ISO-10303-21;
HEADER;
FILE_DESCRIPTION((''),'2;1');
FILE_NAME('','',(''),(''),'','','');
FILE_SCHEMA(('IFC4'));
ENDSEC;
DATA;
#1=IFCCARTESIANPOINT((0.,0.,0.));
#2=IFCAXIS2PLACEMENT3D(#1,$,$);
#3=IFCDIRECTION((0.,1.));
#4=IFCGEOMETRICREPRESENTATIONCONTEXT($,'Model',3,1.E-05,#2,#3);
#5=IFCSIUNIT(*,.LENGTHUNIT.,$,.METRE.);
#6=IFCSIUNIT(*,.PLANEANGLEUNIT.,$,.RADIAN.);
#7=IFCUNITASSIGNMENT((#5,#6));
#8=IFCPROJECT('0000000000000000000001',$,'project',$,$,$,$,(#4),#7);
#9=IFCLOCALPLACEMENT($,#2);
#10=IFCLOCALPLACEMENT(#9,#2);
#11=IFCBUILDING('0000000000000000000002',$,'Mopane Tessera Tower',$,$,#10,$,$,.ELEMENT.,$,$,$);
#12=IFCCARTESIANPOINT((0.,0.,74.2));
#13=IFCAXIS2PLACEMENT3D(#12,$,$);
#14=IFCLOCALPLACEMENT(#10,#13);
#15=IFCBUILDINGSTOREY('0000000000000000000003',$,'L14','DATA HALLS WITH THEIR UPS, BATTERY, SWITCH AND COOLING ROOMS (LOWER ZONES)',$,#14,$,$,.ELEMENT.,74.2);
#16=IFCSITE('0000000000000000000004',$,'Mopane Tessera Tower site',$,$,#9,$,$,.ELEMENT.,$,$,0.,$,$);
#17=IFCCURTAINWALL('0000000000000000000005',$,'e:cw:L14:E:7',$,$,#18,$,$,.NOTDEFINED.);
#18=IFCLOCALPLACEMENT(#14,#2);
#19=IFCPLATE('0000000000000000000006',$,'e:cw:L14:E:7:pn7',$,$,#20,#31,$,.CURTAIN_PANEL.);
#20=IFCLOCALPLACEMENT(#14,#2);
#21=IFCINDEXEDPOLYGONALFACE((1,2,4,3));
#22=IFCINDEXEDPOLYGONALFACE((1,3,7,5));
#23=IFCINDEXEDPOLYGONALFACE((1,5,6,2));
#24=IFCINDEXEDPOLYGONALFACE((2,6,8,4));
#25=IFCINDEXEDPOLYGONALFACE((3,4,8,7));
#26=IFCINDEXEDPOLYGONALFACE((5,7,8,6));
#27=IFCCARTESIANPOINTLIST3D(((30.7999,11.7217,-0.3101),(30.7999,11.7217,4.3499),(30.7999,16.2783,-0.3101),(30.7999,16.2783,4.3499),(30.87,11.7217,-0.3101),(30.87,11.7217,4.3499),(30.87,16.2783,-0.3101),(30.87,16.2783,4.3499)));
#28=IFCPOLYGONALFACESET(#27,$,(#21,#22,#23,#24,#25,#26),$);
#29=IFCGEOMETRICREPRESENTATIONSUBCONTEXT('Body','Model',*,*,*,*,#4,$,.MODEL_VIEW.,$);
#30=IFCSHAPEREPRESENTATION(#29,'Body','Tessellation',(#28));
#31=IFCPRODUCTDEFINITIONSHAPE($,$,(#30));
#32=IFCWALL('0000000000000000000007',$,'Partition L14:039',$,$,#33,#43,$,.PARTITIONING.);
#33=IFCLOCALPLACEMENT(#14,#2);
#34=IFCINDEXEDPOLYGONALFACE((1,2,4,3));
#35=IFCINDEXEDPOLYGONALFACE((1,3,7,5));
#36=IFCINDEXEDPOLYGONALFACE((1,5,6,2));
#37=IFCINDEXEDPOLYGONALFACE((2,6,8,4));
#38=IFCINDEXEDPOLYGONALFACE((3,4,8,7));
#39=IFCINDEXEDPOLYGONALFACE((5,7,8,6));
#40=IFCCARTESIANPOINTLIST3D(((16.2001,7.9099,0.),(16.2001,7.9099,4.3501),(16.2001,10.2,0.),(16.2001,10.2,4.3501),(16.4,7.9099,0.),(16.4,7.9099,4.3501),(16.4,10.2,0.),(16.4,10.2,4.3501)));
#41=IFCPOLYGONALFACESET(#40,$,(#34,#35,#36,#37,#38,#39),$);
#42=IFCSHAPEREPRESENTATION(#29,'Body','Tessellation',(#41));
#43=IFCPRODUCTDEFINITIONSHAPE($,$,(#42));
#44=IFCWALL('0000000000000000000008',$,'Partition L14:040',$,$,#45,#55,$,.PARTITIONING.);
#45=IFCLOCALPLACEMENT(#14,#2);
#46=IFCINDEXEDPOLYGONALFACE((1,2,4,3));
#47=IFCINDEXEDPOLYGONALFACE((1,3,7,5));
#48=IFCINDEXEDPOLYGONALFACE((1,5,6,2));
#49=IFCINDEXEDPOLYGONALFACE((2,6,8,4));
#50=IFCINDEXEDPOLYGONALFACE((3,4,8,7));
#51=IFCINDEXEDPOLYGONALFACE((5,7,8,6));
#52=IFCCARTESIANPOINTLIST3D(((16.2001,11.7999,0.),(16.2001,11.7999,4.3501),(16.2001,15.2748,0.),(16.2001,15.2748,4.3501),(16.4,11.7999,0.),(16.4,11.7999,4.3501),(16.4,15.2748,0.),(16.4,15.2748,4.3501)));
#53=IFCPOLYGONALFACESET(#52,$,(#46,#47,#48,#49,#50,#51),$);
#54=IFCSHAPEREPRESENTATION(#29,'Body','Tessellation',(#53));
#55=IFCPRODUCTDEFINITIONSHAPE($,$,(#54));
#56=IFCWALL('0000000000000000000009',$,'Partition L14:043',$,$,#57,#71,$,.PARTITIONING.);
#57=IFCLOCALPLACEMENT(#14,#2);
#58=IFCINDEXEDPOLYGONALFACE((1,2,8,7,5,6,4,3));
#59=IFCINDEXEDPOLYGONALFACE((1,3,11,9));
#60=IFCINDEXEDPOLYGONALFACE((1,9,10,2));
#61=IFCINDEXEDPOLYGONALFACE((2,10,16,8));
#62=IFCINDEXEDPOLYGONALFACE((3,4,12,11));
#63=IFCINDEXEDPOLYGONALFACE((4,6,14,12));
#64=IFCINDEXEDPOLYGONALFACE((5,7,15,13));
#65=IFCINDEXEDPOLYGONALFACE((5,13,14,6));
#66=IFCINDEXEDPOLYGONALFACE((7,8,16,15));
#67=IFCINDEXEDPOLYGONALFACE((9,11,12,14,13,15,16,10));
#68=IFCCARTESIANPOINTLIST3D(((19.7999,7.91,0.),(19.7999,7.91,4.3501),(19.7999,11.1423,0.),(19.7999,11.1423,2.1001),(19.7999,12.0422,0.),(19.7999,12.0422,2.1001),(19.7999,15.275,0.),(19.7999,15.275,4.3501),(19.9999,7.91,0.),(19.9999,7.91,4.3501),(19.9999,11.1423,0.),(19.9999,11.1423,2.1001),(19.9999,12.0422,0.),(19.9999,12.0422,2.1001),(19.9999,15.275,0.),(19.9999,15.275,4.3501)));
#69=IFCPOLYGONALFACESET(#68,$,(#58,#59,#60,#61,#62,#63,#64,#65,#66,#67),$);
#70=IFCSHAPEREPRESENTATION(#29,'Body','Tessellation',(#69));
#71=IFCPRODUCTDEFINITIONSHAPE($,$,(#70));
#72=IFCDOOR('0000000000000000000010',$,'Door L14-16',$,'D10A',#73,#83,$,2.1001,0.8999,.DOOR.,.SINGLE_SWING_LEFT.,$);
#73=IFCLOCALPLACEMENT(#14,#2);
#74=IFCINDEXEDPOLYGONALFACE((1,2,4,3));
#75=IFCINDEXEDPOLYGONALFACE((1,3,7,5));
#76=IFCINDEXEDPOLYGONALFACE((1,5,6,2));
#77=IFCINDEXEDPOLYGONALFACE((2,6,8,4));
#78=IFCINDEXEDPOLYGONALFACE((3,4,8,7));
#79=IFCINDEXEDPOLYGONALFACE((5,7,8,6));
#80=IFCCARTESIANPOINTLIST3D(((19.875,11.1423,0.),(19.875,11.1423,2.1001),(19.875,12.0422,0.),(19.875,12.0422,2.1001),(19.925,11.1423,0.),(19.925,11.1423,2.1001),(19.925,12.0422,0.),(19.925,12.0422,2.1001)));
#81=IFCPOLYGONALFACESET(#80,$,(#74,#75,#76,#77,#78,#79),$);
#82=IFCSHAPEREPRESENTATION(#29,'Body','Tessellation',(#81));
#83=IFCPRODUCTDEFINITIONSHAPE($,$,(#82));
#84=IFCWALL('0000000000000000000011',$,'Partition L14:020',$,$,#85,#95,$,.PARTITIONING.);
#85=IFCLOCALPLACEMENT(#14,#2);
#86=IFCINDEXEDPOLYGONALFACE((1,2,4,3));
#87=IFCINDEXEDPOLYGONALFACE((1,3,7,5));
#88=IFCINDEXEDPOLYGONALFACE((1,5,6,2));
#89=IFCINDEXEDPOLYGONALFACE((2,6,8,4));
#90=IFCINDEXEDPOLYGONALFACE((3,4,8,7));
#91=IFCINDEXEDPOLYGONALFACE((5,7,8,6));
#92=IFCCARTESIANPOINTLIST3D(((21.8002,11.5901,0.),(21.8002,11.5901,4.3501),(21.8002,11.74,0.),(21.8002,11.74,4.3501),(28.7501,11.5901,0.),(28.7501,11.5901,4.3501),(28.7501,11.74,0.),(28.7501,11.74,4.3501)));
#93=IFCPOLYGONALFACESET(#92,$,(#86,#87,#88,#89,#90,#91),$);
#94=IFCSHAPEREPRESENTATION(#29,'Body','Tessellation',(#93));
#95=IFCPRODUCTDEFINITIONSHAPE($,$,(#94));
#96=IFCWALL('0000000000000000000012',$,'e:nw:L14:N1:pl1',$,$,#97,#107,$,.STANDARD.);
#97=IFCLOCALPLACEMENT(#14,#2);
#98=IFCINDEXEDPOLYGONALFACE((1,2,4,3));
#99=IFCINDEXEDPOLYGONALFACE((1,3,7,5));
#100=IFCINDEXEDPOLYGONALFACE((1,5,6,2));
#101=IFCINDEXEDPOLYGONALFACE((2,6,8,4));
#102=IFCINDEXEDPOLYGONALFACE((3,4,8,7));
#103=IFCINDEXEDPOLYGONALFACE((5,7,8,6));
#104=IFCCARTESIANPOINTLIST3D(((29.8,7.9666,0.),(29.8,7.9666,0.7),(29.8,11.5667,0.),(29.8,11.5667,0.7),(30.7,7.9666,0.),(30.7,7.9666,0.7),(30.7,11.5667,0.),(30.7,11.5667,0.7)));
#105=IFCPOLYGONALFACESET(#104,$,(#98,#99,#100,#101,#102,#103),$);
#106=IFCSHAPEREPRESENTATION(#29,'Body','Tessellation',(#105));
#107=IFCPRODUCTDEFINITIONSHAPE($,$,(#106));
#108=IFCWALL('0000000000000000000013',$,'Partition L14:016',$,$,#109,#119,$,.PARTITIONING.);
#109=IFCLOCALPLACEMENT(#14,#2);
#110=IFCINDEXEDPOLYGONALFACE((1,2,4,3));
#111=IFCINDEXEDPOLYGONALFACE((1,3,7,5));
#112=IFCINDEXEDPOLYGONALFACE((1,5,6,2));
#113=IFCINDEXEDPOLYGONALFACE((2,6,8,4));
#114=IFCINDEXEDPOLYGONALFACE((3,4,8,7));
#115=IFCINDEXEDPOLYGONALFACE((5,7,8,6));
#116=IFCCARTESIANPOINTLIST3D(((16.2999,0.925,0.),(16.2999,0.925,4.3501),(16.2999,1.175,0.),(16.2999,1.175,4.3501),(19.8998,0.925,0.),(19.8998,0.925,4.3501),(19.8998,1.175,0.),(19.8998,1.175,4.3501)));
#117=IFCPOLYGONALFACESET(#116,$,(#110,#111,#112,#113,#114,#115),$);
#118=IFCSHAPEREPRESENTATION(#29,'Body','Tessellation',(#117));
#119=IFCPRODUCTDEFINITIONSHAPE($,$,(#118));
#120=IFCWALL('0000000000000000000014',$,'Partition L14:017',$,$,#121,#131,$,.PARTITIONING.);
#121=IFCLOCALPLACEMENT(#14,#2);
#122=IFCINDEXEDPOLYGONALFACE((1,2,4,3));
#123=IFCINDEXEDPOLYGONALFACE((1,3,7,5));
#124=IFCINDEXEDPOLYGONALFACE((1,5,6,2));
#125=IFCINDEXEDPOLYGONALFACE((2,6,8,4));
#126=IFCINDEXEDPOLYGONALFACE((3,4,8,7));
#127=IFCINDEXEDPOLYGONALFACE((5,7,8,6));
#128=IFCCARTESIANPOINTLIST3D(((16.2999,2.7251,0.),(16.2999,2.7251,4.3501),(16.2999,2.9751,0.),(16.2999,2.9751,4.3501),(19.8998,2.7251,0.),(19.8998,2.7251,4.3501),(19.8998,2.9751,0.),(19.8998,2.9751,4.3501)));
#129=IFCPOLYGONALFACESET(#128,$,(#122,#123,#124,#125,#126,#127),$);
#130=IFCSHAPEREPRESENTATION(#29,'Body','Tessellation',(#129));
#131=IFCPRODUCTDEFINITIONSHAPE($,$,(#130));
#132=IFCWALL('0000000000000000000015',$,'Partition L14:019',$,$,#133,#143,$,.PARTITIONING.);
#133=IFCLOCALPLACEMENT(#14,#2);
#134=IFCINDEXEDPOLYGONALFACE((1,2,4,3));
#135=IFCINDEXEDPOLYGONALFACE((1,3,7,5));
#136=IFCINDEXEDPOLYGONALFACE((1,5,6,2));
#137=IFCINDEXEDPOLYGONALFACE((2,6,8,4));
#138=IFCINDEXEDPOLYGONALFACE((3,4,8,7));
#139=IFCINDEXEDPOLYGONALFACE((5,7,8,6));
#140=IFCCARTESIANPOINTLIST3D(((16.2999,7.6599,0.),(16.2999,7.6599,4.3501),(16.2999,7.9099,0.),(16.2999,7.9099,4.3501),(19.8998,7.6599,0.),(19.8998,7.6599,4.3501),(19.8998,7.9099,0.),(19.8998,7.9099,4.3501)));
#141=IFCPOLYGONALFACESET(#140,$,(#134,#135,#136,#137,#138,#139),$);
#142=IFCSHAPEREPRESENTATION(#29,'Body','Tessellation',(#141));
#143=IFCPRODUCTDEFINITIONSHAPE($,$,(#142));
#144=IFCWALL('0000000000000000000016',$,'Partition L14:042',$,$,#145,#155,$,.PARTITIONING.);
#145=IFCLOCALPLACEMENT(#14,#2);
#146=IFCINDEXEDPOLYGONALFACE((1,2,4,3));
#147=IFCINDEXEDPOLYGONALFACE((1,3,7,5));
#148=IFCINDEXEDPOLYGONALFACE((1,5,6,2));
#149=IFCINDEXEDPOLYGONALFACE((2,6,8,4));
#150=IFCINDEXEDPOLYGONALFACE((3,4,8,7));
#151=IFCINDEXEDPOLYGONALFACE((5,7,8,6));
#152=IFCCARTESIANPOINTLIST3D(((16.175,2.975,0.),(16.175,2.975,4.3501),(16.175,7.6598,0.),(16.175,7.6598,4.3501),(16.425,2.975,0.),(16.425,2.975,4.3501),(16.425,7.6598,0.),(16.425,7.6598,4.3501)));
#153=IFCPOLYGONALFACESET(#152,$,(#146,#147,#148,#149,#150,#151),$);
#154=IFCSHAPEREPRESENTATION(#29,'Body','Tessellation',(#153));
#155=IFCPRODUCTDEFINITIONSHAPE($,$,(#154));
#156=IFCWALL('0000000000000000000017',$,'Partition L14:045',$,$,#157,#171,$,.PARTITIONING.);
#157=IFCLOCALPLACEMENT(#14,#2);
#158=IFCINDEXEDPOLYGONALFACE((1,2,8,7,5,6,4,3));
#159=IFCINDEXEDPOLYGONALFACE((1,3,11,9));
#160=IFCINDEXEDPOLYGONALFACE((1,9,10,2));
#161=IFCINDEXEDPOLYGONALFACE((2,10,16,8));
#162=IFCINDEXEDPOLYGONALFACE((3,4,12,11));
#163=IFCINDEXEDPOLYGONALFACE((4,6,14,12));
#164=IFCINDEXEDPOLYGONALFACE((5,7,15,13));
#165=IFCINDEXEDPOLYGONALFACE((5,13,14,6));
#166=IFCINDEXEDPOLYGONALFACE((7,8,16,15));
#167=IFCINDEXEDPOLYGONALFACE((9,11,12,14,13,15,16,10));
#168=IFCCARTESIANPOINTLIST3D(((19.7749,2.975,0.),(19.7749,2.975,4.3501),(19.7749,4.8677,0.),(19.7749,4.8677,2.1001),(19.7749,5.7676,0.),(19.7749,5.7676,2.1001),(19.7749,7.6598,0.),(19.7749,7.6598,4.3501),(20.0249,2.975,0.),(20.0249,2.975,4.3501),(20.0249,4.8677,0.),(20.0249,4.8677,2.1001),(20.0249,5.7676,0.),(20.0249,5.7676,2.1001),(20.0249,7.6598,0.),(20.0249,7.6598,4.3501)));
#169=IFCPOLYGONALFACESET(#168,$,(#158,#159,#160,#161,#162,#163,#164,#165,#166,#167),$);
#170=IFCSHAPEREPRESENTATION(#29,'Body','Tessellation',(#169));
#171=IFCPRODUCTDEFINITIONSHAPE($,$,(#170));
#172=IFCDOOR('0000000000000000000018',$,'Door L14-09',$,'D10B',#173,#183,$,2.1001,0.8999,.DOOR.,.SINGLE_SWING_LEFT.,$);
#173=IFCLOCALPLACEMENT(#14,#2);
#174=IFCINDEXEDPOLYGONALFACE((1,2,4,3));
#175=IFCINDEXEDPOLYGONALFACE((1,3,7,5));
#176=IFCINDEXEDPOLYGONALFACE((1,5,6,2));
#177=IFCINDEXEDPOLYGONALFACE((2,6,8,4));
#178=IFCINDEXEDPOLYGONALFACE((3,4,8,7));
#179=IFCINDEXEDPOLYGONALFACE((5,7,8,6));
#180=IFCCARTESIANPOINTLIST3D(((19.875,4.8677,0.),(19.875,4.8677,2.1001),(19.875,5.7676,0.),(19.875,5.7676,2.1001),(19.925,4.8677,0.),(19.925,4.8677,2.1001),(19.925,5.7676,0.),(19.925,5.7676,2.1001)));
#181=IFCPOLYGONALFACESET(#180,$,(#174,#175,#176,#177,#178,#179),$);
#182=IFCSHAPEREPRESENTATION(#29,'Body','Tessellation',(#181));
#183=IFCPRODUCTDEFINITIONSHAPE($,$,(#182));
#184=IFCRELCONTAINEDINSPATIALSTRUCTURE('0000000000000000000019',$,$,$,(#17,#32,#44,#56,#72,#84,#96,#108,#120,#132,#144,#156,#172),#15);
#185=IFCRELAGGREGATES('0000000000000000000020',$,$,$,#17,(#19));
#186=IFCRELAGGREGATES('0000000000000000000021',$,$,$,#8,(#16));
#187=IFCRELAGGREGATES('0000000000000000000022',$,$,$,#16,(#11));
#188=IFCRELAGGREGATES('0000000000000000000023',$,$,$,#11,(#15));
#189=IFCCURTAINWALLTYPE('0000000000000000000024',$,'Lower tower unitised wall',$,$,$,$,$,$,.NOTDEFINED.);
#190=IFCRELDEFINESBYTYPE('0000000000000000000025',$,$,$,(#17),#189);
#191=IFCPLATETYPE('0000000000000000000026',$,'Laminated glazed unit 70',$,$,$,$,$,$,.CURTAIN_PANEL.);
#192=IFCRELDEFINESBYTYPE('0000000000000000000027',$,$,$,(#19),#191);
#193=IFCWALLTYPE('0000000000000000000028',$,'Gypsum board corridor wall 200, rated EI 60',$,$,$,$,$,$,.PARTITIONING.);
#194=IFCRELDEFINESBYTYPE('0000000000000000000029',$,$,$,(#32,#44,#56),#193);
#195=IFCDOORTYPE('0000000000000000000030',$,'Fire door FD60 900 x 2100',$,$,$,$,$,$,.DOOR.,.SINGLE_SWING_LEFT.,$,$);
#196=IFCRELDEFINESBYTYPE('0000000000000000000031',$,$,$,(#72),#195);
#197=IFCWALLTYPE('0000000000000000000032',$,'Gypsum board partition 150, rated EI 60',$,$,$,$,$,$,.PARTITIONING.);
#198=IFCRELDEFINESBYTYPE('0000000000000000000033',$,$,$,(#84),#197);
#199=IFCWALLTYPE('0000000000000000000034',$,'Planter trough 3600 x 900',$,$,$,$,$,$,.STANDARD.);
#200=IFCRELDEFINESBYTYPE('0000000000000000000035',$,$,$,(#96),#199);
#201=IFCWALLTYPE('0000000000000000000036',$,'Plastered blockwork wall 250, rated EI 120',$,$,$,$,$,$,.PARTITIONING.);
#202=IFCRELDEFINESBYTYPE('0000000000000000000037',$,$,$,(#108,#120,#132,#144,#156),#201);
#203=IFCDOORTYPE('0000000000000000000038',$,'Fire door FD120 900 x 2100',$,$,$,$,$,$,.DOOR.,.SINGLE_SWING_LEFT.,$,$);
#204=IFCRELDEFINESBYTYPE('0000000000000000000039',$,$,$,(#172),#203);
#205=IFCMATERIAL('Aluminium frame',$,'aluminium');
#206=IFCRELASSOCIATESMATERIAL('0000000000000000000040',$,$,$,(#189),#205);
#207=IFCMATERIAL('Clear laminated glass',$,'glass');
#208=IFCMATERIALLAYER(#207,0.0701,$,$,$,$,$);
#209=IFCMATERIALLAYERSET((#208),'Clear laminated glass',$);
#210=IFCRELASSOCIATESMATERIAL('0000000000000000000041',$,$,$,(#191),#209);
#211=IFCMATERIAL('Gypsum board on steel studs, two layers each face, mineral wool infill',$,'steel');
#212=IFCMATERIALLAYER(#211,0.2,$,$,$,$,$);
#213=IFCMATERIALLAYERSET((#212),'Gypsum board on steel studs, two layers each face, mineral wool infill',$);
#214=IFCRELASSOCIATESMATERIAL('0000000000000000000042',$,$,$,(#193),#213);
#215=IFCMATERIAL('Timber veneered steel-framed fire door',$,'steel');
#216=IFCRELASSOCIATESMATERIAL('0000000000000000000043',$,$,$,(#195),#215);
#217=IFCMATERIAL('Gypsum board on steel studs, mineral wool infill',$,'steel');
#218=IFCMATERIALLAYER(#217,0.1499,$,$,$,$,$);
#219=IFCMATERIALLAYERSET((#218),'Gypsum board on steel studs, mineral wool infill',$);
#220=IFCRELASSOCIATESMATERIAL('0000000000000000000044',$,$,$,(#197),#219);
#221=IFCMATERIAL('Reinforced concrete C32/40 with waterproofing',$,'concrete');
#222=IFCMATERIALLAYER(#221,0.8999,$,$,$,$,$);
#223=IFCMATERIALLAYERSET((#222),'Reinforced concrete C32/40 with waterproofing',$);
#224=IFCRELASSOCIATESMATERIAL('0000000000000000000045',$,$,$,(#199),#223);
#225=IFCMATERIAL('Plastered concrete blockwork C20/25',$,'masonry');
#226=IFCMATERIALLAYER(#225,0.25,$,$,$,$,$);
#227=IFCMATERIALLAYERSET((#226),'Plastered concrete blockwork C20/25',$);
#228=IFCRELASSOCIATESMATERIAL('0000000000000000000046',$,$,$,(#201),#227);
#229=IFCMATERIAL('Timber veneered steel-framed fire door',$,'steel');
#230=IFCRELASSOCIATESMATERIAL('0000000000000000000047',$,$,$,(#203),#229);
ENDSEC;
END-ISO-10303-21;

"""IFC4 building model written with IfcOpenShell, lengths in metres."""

from ifc_helpers import new_model, si_unit, direction, frame, frame_2d, origin, origin_2d, place, context, subcontext, project, spatial, rectangle, extrude, material, layer, layer_set, type_object, element, fill, aggregate, save


model = new_model("IFC4")

# Units and contexts
model_context = context("Model", 3, precision=1e-05, world=origin(), true_north=direction((0.0, 1.0)))
body_context = subcontext(model_context, "Body", "Model", "MODEL_VIEW")
ifc_project = project(units=[si_unit("LENGTHUNIT", "METRE"), si_unit("PLANEANGLEUNIT", "RADIAN")], contexts=[model_context])

# Site, building, storey
site_placement = place(None, origin())
site = spatial("IfcSite", under=ifc_project, at=site_placement, Name="Mopane Tessera Tower site", CompositionType="ELEMENT", RefElevation=0.0)
building_placement = place(site_placement, origin())
building = spatial("IfcBuilding", under=site, at=building_placement, Name="Mopane Tessera Tower", CompositionType="ELEMENT")
storey_placement = place(building_placement, frame((0.0, 0.0, 74.2)))
storey = spatial("IfcBuildingStorey", under=building, at=storey_placement, Name="L14", Description="DATA HALLS WITH THEIR UPS, BATTERY, SWITCH AND COOLING ROOMS (LOWER ZONES)", CompositionType="ELEMENT", Elevation=74.2)

# Curtain wall
ifc_material_1 = material(Name="Aluminium frame", Category="aluminium")
curtain_wall_type = type_object("IfcCurtainWallType", Name="Lower tower unitised wall", PredefinedType="NOTDEFINED", material=ifc_material_1)
curtain_wall_placement = place(storey_placement, origin())
curtain_wall = element("IfcCurtainWall", 1, at=curtain_wall_placement, inside=storey, type_object=curtain_wall_type, Name="e:cw:L14:E:7", PredefinedType="NOTDEFINED")

# Plate
ifc_material_2 = material(Name="Clear laminated glass", Category="glass")
ifc_layer_1 = layer(ifc_material_2, 0.0701)
ifc_layer_set_1 = layer_set([ifc_layer_1], Name="Clear laminated glass")
plate_type = type_object("IfcPlateType", Name="Laminated glazed unit 70", PredefinedType="CURTAIN_PANEL", material=ifc_layer_set_1)
plate_placement = place(storey_placement, frame((30.835, 14.0, -0.3101), z_axis=(0.0, 0.0, 1.0), x_axis=(0.0, 1.0, 0.0)))
plate = element("IfcPlate", 2, at=plate_placement, type_object=plate_type, Name="e:cw:L14:E:7:pn7", PredefinedType="CURTAIN_PANEL", context=body_context, shape_type="SweptSolid", body=[
    extrude(rectangle(XDim=4.5566, YDim=0.0701, at=origin_2d()), origin(), (0.0, 0.0, 1.0), 4.6599),
])
aggregate(curtain_wall, [plate])

# Walls
ifc_material_3 = material(Name="Gypsum board on steel studs, two layers each face, mineral wool infill", Category="steel")
ifc_layer_2 = layer(ifc_material_3, 0.2)
ifc_layer_set_2 = layer_set([ifc_layer_2], Name="Gypsum board on steel studs, two layers each face, mineral wool infill")
wall_type_1 = type_object("IfcWallType", Name="Gypsum board corridor wall 200, rated EI 60", PredefinedType="PARTITIONING", material=ifc_layer_set_2)
wall_1_placement = place(storey_placement, frame((16.3, 7.9099, 0.0), z_axis=(0.0, 0.0, 1.0), x_axis=(0.0, 1.0, 0.0)))
element("IfcWall", 3, at=wall_1_placement, inside=storey, type_object=wall_type_1, Name="Partition L14:039", PredefinedType="PARTITIONING", context=body_context, shape_type="SweptSolid", body=[
    extrude(rectangle(XDim=2.29, YDim=0.2, at=frame_2d((1.145, 0.0))), origin(), (0.0, 0.0, 1.0), 4.3501),
])
wall_2_placement = place(storey_placement, frame((16.3, 11.8, 0.0), z_axis=(0.0, 0.0, 1.0), x_axis=(0.0, 1.0, 0.0)))
element("IfcWall", 4, at=wall_2_placement, inside=storey, type_object=wall_type_1, Name="Partition L14:040", PredefinedType="PARTITIONING", context=body_context, shape_type="SweptSolid", body=[
    extrude(rectangle(XDim=3.4749, YDim=0.2, at=frame_2d((1.7373, 0.0))), origin(), (0.0, 0.0, 1.0), 4.3501),
])

# Wall, opening, door
wall_3_placement = place(storey_placement, frame((19.8999, 7.9099, 0.0), z_axis=(0.0, 0.0, 1.0), x_axis=(0.0, 1.0, 0.0)))
wall_3 = element("IfcWall", 5, at=wall_3_placement, inside=storey, type_object=wall_type_1, Name="Partition L14:043", PredefinedType="PARTITIONING", context=body_context, shape_type="SweptSolid", body=[
    extrude(rectangle(XDim=7.365, YDim=0.2, at=frame_2d((3.6826, 0.0))), origin(), (0.0, 0.0, 1.0), 4.3501),
])
opening_1_placement = place(wall_3_placement, frame((3.2324, 0.0, 0.0)))
opening_1 = element("IfcOpeningElement", 6, at=opening_1_placement, cuts=wall_3, PredefinedType="OPENING", context=body_context, shape_type="SweptSolid", body=[
    extrude(rectangle(XDim=0.8999, YDim=2.1001, at=frame_2d((0.45, 1.05))), frame((0.0, 0.1121, 0.0), z_axis=(0.0, -1.0, 0.0), x_axis=(1.0, 0.0, 0.0)), (0.0, 0.0, 1.0), 0.2239),
])
ifc_material_4 = material(Name="Timber veneered steel-framed fire door", Category="steel")
door_type_1 = type_object("IfcDoorType", Name="Fire door FD60 900 x 2100", OperationType="SINGLE_SWING_LEFT", PredefinedType="DOOR", material=ifc_material_4)
door_1_placement = place(opening_1_placement, origin())
door_1 = element("IfcDoor", 7, at=door_1_placement, inside=storey, type_object=door_type_1, Name="Door L14-16", ObjectType="D10A", OperationType="SINGLE_SWING_LEFT", OverallHeight=2.1001, OverallWidth=0.8999, PredefinedType="DOOR", context=body_context, shape_type="SweptSolid", body=[
    extrude(rectangle(XDim=0.8999, YDim=2.1001, at=frame_2d((0.45, 1.05))), frame((0.0, 0.0249, 0.0), z_axis=(0.0, -1.0, 0.0), x_axis=(1.0, 0.0, 0.0)), (0.0, 0.0, 1.0), 0.05),
])
fill(opening_1, door_1)

# Walls
ifc_material_5 = material(Name="Gypsum board on steel studs, mineral wool infill", Category="steel")
ifc_layer_3 = layer(ifc_material_5, 0.1499)
ifc_layer_set_3 = layer_set([ifc_layer_3], Name="Gypsum board on steel studs, mineral wool infill")
wall_type_2 = type_object("IfcWallType", Name="Gypsum board partition 150, rated EI 60", PredefinedType="PARTITIONING", material=ifc_layer_set_3)
wall_4_placement = place(storey_placement, frame((21.8, 11.665, 0.0), z_axis=(0.0, 0.0, 1.0), x_axis=(1.0, 0.0, 0.0)))
element("IfcWall", 8, at=wall_4_placement, inside=storey, type_object=wall_type_2, Name="Partition L14:020", PredefinedType="PARTITIONING", context=body_context, shape_type="SweptSolid", body=[
    extrude(rectangle(XDim=6.95, YDim=0.1499, at=frame_2d((3.4751, 0.0))), origin(), (0.0, 0.0, 1.0), 4.3501),
])
ifc_material_6 = material(Name="Reinforced concrete C32/40 with waterproofing", Category="concrete")
ifc_layer_4 = layer(ifc_material_6, 0.8999)
ifc_layer_set_4 = layer_set([ifc_layer_4], Name="Reinforced concrete C32/40 with waterproofing")
wall_type_3 = type_object("IfcWallType", Name="Planter trough 3600 x 900", PredefinedType="STANDARD", material=ifc_layer_set_4)
wall_5_placement = place(storey_placement, frame((30.25, 7.9666, 0.0), z_axis=(0.0, 0.0, 1.0), x_axis=(0.0, 1.0, 0.0)))
element("IfcWall", 9, at=wall_5_placement, inside=storey, type_object=wall_type_3, Name="e:nw:L14:N1:pl1", PredefinedType="STANDARD", context=body_context, shape_type="SweptSolid", body=[
    extrude(rectangle(XDim=3.6001, YDim=0.8999, at=frame_2d((1.8, 0.0))), origin(), (0.0, 0.0, 1.0), 0.7),
])
ifc_material_7 = material(Name="Plastered concrete blockwork C20/25", Category="masonry")
ifc_layer_5 = layer(ifc_material_7, 0.25)
ifc_layer_set_5 = layer_set([ifc_layer_5], Name="Plastered concrete blockwork C20/25")
wall_type_4 = type_object("IfcWallType", Name="Plastered blockwork wall 250, rated EI 120", PredefinedType="PARTITIONING", material=ifc_layer_set_5)
for number, where, z_axis, x_axis, name in (
    (10, (16.3, 1.05, 0.0), (0.0, 0.0, 1.0), (1.0, 0.0, 0.0), "Partition L14:016"),
    (11, (16.3, 2.8501, 0.0), (0.0, 0.0, 1.0), (1.0, 0.0, 0.0), "Partition L14:017"),
    (12, (16.3, 7.7849, 0.0), (0.0, 0.0, 1.0), (1.0, 0.0, 0.0), "Partition L14:019"),
):
    element("IfcWall", number, at=place(storey_placement, frame(where, z_axis=z_axis, x_axis=x_axis)), inside=storey, type_object=wall_type_4, Name=name, PredefinedType="PARTITIONING", context=body_context, shape_type="SweptSolid", body=[
        extrude(rectangle(XDim=3.5999, YDim=0.25, at=frame_2d((1.7998, 0.0))), origin(), (0.0, 0.0, 1.0), 4.3501),
    ])
wall_6_placement = place(storey_placement, frame((16.3, 2.9751, 0.0), z_axis=(0.0, 0.0, 1.0), x_axis=(0.0, 1.0, 0.0)))
element("IfcWall", 13, at=wall_6_placement, inside=storey, type_object=wall_type_4, Name="Partition L14:042", PredefinedType="PARTITIONING", context=body_context, shape_type="SweptSolid", body=[
    extrude(rectangle(XDim=4.6848, YDim=0.25, at=frame_2d((2.3423, 0.0))), origin(), (0.0, 0.0, 1.0), 4.3501),
])

# Wall, opening, door
wall_7_placement = place(storey_placement, frame((19.8999, 2.9751, 0.0), z_axis=(0.0, 0.0, 1.0), x_axis=(0.0, 1.0, 0.0)))
wall_7 = element("IfcWall", 14, at=wall_7_placement, inside=storey, type_object=wall_type_4, Name="Partition L14:045", PredefinedType="PARTITIONING", context=body_context, shape_type="SweptSolid", body=[
    extrude(rectangle(XDim=4.6848, YDim=0.25, at=frame_2d((2.3423, 0.0))), origin(), (0.0, 0.0, 1.0), 4.3501),
])
opening_2_placement = place(wall_7_placement, frame((1.8926, 0.0, 0.0)))
opening_2 = element("IfcOpeningElement", 15, at=opening_2_placement, cuts=wall_7, PredefinedType="OPENING", context=body_context, shape_type="SweptSolid", body=[
    extrude(rectangle(XDim=0.8999, YDim=2.1001, at=frame_2d((0.45, 1.05))), frame((0.0, 0.137, 0.0), z_axis=(0.0, -1.0, 0.0), x_axis=(1.0, 0.0, 0.0)), (0.0, 0.0, 1.0), 0.2739),
])
ifc_material_8 = material(Name="Timber veneered steel-framed fire door", Category="steel")
door_type_2 = type_object("IfcDoorType", Name="Fire door FD120 900 x 2100", OperationType="SINGLE_SWING_LEFT", PredefinedType="DOOR", material=ifc_material_8)
door_2_placement = place(opening_2_placement, origin())
door_2 = element("IfcDoor", 16, at=door_2_placement, inside=storey, type_object=door_type_2, Name="Door L14-09", ObjectType="D10B", OperationType="SINGLE_SWING_LEFT", OverallHeight=2.1001, OverallWidth=0.8999, PredefinedType="DOOR", context=body_context, shape_type="SweptSolid", body=[
    extrude(rectangle(XDim=0.8999, YDim=2.1001, at=frame_2d((0.45, 1.05))), frame((0.0, 0.0249, 0.0), z_axis=(0.0, -1.0, 0.0), x_axis=(1.0, 0.0, 0.0)), (0.0, 0.0, 1.0), 0.05),
])
fill(opening_2, door_2)

save(model, "model.ifc")
